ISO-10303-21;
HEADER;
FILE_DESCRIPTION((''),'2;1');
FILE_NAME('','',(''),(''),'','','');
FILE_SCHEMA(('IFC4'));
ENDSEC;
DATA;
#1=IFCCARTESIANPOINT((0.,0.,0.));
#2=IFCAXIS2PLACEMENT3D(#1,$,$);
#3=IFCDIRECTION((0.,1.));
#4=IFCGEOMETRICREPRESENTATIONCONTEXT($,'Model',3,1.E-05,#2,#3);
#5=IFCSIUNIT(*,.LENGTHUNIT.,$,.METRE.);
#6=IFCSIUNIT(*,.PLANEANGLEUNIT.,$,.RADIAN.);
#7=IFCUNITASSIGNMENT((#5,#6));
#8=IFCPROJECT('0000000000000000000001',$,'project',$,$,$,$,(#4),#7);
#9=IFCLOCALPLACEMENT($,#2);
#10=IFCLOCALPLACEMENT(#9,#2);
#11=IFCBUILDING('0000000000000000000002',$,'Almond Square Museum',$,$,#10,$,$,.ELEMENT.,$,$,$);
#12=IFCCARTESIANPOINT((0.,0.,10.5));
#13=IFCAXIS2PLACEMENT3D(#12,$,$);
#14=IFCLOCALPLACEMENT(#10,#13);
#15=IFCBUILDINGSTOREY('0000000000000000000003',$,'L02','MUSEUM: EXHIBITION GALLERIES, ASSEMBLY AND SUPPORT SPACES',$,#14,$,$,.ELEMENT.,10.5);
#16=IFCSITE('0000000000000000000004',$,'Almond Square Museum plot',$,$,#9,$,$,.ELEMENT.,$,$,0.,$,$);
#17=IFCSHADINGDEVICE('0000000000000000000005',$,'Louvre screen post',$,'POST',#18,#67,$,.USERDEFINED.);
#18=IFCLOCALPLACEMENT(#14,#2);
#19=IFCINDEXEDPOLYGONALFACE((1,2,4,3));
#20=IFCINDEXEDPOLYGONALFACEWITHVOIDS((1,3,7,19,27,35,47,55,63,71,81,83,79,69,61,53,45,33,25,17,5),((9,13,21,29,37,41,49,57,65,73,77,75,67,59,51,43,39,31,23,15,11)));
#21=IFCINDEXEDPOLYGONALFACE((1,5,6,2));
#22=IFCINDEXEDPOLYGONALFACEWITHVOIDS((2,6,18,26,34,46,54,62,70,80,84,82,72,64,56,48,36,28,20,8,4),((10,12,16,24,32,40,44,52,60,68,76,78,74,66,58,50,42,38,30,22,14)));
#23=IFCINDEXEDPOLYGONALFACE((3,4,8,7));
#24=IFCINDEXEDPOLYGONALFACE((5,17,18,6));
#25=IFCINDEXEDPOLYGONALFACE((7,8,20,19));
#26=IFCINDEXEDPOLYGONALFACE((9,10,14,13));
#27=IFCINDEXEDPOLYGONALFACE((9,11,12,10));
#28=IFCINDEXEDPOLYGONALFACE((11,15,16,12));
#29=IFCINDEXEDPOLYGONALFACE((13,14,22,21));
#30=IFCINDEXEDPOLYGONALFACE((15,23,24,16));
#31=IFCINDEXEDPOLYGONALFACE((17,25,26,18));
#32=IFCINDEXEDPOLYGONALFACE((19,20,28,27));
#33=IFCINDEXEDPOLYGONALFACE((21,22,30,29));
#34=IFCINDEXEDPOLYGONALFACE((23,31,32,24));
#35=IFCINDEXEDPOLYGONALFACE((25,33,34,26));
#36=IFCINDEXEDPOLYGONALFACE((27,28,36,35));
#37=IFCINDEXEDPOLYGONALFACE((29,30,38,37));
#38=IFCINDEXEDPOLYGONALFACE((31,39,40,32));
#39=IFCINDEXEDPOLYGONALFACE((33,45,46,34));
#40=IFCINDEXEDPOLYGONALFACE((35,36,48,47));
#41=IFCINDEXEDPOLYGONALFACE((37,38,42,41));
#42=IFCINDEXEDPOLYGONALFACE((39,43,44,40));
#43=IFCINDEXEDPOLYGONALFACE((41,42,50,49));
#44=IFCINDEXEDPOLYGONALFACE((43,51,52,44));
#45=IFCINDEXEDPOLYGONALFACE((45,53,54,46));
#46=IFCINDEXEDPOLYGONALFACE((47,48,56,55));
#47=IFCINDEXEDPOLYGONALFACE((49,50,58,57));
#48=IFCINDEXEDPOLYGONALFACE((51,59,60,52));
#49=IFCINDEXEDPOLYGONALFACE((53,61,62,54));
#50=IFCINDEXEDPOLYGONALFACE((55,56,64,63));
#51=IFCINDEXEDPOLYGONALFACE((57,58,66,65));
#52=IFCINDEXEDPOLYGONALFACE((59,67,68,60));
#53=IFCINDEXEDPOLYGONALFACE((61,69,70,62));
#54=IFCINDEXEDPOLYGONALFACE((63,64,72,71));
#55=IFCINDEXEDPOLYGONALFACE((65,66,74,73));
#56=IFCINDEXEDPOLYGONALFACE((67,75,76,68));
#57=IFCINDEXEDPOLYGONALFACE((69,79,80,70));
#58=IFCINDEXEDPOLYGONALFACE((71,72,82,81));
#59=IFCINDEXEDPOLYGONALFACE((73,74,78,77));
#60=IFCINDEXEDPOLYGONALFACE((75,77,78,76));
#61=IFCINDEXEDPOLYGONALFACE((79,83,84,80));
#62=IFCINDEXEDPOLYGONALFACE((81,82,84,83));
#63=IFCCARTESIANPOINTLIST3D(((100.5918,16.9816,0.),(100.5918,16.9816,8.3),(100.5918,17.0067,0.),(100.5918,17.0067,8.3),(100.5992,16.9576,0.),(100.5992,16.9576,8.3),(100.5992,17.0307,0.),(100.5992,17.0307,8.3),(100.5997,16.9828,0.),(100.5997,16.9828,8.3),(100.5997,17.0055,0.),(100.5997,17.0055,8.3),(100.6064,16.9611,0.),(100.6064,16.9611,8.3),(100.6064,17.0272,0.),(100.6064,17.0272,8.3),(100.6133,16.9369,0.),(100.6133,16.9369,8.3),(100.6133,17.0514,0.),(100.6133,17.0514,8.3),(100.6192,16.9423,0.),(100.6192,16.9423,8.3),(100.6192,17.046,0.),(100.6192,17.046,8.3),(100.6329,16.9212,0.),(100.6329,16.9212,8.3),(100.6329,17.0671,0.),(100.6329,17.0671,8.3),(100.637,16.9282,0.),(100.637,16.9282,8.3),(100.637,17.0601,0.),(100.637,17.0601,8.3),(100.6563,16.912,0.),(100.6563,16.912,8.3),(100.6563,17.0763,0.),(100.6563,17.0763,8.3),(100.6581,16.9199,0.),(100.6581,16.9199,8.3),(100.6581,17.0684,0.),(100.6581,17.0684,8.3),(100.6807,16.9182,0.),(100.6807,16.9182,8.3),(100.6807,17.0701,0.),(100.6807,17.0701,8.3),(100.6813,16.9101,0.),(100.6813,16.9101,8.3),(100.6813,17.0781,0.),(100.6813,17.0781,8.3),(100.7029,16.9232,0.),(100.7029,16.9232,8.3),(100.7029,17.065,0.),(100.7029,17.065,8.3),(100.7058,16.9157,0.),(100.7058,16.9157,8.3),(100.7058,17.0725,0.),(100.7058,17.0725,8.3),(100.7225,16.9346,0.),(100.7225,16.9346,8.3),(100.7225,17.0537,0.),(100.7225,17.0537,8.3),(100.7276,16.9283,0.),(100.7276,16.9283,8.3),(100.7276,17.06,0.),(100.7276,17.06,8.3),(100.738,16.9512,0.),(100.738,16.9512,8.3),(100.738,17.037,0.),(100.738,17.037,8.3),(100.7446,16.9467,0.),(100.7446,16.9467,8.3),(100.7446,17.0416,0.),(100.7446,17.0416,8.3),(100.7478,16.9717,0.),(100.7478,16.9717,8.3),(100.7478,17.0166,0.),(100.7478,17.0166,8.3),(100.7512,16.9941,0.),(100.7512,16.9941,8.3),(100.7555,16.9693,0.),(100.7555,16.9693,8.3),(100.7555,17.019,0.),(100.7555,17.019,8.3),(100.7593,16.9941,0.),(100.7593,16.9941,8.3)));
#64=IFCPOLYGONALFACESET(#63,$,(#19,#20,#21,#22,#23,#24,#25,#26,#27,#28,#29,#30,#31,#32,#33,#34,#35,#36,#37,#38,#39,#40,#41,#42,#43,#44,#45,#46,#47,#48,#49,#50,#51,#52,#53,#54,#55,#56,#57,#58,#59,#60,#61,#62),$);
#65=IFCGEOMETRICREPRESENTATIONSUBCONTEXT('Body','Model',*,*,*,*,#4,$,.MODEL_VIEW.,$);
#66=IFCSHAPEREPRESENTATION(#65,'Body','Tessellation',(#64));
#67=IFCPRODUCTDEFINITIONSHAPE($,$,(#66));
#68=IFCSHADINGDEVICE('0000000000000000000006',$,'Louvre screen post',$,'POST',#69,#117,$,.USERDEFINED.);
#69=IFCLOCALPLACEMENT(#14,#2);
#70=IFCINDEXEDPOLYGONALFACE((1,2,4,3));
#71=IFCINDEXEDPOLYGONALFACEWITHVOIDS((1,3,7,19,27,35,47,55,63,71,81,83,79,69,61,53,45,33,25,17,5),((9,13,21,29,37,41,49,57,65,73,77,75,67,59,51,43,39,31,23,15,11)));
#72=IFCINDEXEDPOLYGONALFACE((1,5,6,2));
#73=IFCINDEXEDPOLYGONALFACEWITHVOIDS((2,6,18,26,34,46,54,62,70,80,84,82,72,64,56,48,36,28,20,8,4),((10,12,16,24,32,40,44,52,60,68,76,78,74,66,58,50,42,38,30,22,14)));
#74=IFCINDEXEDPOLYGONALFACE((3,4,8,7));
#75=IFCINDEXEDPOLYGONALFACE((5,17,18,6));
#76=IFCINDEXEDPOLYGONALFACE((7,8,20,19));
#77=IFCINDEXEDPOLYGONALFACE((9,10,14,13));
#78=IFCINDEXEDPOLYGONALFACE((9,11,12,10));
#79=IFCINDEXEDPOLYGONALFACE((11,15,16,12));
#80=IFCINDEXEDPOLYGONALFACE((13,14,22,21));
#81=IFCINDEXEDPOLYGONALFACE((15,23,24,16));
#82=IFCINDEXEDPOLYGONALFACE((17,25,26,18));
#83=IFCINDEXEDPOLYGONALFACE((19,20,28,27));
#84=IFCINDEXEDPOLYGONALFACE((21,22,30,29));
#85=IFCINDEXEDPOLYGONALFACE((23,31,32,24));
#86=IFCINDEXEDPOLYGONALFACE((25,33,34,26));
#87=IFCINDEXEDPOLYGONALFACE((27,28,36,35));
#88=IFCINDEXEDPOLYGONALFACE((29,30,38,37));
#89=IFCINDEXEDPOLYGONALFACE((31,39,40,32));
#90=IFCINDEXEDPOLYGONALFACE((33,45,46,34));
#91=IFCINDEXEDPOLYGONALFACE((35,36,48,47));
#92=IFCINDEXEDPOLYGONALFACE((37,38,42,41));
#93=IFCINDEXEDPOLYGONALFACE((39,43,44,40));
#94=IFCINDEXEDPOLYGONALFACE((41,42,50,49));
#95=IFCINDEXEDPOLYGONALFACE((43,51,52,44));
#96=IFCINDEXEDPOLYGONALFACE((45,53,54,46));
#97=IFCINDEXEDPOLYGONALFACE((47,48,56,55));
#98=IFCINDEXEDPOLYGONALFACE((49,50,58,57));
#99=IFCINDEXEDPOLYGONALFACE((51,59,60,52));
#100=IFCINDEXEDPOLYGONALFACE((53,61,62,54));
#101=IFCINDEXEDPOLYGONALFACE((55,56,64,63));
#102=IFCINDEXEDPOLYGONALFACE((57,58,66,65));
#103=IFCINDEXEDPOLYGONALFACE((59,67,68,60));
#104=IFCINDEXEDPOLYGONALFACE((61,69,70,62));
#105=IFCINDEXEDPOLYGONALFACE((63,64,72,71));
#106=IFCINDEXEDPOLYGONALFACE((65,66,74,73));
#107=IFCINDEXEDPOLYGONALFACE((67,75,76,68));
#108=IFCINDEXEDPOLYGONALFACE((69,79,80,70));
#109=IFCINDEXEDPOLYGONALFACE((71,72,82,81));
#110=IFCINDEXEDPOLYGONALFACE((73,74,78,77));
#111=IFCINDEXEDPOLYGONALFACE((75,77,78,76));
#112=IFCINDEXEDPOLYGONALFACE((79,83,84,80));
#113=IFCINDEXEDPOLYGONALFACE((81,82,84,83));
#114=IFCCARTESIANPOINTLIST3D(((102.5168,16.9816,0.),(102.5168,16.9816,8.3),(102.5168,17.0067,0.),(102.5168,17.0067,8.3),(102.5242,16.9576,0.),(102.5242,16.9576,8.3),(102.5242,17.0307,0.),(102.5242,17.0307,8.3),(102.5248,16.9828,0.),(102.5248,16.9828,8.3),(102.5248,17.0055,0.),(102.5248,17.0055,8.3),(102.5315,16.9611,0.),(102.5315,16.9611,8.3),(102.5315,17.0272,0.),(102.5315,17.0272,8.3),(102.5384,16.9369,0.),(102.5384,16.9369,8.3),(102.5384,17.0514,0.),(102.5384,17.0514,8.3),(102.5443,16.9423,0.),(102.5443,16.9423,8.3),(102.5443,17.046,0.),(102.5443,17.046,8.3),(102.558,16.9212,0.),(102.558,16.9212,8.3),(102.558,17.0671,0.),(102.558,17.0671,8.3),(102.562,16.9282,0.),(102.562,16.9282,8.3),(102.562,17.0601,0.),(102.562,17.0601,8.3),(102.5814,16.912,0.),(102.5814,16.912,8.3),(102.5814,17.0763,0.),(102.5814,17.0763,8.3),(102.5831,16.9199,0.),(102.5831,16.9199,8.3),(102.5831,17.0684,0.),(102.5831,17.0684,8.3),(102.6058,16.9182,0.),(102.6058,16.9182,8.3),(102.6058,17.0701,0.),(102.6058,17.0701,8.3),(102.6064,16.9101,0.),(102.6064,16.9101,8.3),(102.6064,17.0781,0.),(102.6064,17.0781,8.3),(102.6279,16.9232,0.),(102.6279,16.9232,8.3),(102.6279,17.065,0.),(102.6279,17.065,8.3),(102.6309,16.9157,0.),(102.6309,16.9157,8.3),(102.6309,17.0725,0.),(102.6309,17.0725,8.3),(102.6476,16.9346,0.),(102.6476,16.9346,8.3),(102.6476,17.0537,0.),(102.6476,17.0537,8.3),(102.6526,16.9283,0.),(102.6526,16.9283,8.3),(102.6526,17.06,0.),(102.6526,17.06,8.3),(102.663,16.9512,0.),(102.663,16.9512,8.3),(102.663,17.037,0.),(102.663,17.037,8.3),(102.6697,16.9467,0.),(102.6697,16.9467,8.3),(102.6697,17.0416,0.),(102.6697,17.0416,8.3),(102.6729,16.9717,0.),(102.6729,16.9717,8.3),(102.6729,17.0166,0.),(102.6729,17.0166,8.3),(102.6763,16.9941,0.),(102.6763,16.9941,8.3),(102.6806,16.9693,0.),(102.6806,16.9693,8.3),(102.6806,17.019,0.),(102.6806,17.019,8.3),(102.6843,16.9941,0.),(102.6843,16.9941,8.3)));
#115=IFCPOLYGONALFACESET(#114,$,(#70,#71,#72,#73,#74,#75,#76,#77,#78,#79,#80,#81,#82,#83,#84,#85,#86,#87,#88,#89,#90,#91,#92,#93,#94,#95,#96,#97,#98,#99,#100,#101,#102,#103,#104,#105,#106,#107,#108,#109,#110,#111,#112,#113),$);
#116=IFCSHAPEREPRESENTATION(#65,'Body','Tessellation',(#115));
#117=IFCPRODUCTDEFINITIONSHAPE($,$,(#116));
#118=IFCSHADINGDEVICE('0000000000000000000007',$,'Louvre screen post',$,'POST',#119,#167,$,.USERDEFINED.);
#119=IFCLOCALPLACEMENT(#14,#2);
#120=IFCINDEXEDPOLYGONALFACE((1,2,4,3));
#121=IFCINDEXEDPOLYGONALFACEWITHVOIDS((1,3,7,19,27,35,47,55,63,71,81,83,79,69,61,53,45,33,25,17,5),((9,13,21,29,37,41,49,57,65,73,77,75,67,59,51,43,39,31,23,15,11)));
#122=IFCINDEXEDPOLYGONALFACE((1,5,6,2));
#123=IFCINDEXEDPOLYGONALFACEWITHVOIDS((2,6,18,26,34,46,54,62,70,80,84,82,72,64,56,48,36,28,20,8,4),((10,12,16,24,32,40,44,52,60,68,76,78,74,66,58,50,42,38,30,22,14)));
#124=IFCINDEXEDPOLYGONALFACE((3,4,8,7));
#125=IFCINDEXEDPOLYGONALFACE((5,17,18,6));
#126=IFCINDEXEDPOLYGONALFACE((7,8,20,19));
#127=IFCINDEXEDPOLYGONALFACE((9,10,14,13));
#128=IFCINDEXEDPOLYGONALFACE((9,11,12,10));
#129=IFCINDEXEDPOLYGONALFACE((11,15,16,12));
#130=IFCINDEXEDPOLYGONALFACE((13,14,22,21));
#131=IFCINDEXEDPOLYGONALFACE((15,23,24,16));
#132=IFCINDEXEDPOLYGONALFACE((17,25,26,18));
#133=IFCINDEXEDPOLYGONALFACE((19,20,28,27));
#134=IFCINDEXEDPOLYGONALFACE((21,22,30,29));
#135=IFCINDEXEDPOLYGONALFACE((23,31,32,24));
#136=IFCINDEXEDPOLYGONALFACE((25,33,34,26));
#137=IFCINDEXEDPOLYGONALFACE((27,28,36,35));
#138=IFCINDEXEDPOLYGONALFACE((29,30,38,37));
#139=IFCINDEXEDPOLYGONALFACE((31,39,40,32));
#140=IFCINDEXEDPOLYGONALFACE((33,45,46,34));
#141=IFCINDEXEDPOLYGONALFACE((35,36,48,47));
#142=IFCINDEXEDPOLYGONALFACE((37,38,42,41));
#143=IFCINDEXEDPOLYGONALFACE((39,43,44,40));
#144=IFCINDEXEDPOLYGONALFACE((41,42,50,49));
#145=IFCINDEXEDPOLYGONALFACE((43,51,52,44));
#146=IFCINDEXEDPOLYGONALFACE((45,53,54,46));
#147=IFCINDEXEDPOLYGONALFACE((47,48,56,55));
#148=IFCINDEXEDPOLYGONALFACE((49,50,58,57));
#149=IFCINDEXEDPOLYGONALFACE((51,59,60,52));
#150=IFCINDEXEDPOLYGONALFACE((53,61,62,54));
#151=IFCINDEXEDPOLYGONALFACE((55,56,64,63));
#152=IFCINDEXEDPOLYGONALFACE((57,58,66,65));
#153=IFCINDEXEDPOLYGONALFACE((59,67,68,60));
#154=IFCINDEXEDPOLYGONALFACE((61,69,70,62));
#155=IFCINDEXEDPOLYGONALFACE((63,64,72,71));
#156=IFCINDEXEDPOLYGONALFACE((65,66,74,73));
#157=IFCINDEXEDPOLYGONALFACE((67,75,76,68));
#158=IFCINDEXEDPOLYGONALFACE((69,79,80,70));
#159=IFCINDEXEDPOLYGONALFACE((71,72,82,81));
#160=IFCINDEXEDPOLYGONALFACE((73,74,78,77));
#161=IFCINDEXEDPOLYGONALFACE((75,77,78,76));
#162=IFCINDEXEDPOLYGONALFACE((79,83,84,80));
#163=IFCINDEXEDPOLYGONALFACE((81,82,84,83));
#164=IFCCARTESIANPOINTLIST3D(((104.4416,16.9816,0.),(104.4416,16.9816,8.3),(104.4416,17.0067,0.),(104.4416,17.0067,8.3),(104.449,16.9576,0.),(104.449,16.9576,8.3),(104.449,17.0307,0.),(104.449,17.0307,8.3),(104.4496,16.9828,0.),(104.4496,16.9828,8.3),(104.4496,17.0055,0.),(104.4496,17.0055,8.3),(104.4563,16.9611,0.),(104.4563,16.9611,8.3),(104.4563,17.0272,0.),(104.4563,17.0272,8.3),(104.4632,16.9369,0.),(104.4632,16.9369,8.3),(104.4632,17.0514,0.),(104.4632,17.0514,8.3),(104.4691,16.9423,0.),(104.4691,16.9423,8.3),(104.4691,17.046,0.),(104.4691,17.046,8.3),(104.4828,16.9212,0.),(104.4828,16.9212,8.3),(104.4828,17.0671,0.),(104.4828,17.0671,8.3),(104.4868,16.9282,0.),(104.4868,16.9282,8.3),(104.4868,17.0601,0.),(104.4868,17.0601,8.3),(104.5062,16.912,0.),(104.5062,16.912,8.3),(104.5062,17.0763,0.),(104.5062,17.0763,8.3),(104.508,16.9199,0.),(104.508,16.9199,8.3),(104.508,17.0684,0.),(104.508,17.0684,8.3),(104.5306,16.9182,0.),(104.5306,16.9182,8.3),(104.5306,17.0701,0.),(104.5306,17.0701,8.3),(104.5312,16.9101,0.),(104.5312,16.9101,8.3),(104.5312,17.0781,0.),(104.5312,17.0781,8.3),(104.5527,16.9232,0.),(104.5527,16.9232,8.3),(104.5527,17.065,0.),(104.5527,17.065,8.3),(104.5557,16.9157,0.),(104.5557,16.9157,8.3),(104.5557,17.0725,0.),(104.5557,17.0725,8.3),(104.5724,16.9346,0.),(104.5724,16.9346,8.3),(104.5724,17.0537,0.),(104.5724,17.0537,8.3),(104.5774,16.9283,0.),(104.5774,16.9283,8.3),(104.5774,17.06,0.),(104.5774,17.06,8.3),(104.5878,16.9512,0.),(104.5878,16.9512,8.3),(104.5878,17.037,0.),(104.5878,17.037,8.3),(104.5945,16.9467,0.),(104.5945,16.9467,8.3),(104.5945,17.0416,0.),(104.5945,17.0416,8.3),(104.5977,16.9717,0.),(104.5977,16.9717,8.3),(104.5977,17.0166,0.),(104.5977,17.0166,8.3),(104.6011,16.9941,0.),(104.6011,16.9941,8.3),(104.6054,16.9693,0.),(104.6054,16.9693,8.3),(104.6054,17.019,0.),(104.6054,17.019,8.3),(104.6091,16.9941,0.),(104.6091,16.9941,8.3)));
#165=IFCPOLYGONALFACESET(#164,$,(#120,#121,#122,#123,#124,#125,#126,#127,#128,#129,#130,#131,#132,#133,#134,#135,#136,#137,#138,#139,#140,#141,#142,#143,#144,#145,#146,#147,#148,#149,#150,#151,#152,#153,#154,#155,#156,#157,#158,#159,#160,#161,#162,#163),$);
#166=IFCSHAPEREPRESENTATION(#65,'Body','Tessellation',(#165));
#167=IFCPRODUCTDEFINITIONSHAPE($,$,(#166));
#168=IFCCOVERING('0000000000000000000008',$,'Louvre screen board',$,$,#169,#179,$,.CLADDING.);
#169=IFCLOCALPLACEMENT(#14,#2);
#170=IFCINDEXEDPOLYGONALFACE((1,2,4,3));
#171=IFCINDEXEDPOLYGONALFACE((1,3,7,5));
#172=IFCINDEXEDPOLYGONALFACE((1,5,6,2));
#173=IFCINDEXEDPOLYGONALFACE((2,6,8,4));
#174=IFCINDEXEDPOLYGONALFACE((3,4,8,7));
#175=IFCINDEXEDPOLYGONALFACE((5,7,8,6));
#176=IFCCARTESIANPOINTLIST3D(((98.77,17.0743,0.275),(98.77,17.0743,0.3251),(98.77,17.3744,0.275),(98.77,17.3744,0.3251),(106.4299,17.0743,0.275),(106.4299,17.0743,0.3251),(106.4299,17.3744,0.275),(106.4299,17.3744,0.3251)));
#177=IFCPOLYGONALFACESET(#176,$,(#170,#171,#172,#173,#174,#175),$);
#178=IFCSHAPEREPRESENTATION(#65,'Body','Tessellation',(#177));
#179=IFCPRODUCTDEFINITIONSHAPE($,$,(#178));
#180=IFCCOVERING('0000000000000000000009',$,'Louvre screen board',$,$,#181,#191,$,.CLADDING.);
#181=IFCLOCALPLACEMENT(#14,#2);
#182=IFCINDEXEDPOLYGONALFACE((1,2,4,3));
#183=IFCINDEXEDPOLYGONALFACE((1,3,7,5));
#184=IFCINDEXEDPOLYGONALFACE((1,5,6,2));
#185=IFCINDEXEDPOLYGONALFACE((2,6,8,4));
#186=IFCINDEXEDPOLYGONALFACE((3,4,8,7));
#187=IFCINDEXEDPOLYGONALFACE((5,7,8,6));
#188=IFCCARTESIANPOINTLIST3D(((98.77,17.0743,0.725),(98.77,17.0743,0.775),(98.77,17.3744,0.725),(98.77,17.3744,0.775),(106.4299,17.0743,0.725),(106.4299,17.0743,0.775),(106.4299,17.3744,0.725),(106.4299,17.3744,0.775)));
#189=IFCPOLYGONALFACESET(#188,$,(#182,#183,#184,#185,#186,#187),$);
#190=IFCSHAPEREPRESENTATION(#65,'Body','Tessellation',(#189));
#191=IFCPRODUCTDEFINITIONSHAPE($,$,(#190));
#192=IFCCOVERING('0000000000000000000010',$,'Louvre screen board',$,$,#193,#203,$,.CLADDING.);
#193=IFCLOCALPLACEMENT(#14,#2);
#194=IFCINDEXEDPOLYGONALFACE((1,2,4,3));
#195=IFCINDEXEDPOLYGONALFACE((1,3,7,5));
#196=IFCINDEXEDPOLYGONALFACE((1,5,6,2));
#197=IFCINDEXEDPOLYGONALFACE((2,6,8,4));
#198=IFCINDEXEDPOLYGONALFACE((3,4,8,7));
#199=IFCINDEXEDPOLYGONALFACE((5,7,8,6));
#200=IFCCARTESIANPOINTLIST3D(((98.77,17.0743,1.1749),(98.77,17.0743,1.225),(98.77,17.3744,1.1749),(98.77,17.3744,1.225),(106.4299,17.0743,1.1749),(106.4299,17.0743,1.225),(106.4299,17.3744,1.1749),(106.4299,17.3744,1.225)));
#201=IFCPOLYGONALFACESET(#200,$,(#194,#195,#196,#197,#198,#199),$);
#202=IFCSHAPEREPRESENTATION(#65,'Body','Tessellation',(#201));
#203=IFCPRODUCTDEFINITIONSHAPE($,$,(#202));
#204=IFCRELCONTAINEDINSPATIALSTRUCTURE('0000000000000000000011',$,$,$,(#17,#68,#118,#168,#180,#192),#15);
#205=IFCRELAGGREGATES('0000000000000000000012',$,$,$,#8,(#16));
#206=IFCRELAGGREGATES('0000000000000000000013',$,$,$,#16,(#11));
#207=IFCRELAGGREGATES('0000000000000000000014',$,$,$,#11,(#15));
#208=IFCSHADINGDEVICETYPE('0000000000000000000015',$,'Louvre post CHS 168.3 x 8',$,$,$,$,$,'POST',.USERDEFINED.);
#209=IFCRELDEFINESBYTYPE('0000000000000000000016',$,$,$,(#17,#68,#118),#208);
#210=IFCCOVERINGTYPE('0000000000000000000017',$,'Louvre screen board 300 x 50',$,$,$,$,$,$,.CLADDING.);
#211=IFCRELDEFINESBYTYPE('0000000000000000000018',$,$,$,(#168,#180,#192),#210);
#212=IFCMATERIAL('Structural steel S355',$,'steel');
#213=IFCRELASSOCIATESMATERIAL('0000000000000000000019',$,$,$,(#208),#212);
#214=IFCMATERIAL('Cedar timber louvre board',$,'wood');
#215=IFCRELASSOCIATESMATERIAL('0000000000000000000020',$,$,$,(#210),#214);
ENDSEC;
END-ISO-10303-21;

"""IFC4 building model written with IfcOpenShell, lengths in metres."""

from ifc_helpers import new_model, si_unit, direction, frame, origin, origin_2d, place, context, subcontext, project, spatial, rectangle, hollow_circle, extrude, material, material_profile, profile_set, type_object, element, save


model = new_model("IFC4")

# Units and contexts
model_context = context("Model", 3, precision=1e-05, world=origin(), true_north=direction((0.0, 1.0)))
body_context = subcontext(model_context, "Body", "Model", "MODEL_VIEW")
ifc_project = project(units=[si_unit("LENGTHUNIT", "METRE"), si_unit("PLANEANGLEUNIT", "RADIAN")], contexts=[model_context])

# Site, building, storey
site_placement = place(None, origin())
site = spatial("IfcSite", under=ifc_project, at=site_placement, Name="Almond Square Museum plot", CompositionType="ELEMENT", RefElevation=0.0)
building_placement = place(site_placement, origin())
building = spatial("IfcBuilding", under=site, at=building_placement, Name="Almond Square Museum", CompositionType="ELEMENT")
storey_placement = place(building_placement, frame((0.0, 0.0, 10.5)))
storey = spatial("IfcBuildingStorey", under=building, at=storey_placement, Name="L02", Description="MUSEUM: EXHIBITION GALLERIES, ASSEMBLY AND SUPPORT SPACES", CompositionType="ELEMENT", Elevation=10.5)

# Shading devices
ifc_material_1 = material(Name="Structural steel S355", Category="steel")
ifc_material_profile_1 = material_profile(ifc_material_1, hollow_circle(Radius=0.0842, WallThickness=0.0081, at=origin_2d()))
ifc_profile_set_1 = profile_set([ifc_material_profile_1], Name="Structural steel S355")
shading_device_type = type_object("IfcShadingDeviceType", Name="Louvre post CHS 168.3 x 8", ElementType="POST", PredefinedType="USERDEFINED", material=ifc_profile_set_1)
for number, where, z_axis, x_axis, name in (
    (1, (100.675, 16.9941, 0.0), (0.0, 0.0, 1.0), (1.0, 0.0, 0.0), "Louvre screen post"),
    (2, (102.6001, 16.9941, 0.0), (0.0, 0.0, 1.0), (1.0, 0.0, 0.0), "Louvre screen post"),
    (3, (104.5249, 16.9941, 0.0), (0.0, 0.0, 1.0), (1.0, 0.0, 0.0), "Louvre screen post"),
):
    element("IfcShadingDevice", number, at=place(storey_placement, frame(where, z_axis=z_axis, x_axis=x_axis)), inside=storey, type_object=shading_device_type, Name=name, ObjectType="POST", PredefinedType="USERDEFINED", context=body_context, shape_type="SweptSolid", body=[
        extrude(hollow_circle(Radius=0.0842, WallThickness=0.0081, at=origin_2d()), origin(), (0.0, 0.0, 1.0), 8.3),
    ])

# Coverings
ifc_material_2 = material(Name="Cedar timber louvre board", Category="wood")
ifc_material_profile_2 = material_profile(ifc_material_2, rectangle(XDim=0.3, YDim=0.05, at=origin_2d()))
ifc_profile_set_2 = profile_set([ifc_material_profile_2], Name="Cedar timber louvre board")
covering_type = type_object("IfcCoveringType", Name="Louvre screen board 300 x 50", PredefinedType="CLADDING", material=ifc_profile_set_2)
for number, where, z_axis, x_axis, name in (
    (4, (98.77, 17.2244, 0.3), (1.0, 0.0, 0.0), (0.0, 1.0, 0.0), "Louvre screen board"),
    (5, (98.77, 17.2244, 0.75), (1.0, 0.0, 0.0), (0.0, 1.0, 0.0), "Louvre screen board"),
    (6, (98.77, 17.2244, 1.2), (1.0, 0.0, 0.0), (0.0, 1.0, 0.0), "Louvre screen board"),
):
    element("IfcCovering", number, at=place(storey_placement, frame(where, z_axis=z_axis, x_axis=x_axis)), inside=storey, type_object=covering_type, Name=name, PredefinedType="CLADDING", context=body_context, shape_type="SweptSolid", body=[
        extrude(rectangle(XDim=0.3, YDim=0.05, at=origin_2d()), origin(), (0.0, 0.0, 1.0), 7.6599),
    ])

save(model, "model.ifc")
